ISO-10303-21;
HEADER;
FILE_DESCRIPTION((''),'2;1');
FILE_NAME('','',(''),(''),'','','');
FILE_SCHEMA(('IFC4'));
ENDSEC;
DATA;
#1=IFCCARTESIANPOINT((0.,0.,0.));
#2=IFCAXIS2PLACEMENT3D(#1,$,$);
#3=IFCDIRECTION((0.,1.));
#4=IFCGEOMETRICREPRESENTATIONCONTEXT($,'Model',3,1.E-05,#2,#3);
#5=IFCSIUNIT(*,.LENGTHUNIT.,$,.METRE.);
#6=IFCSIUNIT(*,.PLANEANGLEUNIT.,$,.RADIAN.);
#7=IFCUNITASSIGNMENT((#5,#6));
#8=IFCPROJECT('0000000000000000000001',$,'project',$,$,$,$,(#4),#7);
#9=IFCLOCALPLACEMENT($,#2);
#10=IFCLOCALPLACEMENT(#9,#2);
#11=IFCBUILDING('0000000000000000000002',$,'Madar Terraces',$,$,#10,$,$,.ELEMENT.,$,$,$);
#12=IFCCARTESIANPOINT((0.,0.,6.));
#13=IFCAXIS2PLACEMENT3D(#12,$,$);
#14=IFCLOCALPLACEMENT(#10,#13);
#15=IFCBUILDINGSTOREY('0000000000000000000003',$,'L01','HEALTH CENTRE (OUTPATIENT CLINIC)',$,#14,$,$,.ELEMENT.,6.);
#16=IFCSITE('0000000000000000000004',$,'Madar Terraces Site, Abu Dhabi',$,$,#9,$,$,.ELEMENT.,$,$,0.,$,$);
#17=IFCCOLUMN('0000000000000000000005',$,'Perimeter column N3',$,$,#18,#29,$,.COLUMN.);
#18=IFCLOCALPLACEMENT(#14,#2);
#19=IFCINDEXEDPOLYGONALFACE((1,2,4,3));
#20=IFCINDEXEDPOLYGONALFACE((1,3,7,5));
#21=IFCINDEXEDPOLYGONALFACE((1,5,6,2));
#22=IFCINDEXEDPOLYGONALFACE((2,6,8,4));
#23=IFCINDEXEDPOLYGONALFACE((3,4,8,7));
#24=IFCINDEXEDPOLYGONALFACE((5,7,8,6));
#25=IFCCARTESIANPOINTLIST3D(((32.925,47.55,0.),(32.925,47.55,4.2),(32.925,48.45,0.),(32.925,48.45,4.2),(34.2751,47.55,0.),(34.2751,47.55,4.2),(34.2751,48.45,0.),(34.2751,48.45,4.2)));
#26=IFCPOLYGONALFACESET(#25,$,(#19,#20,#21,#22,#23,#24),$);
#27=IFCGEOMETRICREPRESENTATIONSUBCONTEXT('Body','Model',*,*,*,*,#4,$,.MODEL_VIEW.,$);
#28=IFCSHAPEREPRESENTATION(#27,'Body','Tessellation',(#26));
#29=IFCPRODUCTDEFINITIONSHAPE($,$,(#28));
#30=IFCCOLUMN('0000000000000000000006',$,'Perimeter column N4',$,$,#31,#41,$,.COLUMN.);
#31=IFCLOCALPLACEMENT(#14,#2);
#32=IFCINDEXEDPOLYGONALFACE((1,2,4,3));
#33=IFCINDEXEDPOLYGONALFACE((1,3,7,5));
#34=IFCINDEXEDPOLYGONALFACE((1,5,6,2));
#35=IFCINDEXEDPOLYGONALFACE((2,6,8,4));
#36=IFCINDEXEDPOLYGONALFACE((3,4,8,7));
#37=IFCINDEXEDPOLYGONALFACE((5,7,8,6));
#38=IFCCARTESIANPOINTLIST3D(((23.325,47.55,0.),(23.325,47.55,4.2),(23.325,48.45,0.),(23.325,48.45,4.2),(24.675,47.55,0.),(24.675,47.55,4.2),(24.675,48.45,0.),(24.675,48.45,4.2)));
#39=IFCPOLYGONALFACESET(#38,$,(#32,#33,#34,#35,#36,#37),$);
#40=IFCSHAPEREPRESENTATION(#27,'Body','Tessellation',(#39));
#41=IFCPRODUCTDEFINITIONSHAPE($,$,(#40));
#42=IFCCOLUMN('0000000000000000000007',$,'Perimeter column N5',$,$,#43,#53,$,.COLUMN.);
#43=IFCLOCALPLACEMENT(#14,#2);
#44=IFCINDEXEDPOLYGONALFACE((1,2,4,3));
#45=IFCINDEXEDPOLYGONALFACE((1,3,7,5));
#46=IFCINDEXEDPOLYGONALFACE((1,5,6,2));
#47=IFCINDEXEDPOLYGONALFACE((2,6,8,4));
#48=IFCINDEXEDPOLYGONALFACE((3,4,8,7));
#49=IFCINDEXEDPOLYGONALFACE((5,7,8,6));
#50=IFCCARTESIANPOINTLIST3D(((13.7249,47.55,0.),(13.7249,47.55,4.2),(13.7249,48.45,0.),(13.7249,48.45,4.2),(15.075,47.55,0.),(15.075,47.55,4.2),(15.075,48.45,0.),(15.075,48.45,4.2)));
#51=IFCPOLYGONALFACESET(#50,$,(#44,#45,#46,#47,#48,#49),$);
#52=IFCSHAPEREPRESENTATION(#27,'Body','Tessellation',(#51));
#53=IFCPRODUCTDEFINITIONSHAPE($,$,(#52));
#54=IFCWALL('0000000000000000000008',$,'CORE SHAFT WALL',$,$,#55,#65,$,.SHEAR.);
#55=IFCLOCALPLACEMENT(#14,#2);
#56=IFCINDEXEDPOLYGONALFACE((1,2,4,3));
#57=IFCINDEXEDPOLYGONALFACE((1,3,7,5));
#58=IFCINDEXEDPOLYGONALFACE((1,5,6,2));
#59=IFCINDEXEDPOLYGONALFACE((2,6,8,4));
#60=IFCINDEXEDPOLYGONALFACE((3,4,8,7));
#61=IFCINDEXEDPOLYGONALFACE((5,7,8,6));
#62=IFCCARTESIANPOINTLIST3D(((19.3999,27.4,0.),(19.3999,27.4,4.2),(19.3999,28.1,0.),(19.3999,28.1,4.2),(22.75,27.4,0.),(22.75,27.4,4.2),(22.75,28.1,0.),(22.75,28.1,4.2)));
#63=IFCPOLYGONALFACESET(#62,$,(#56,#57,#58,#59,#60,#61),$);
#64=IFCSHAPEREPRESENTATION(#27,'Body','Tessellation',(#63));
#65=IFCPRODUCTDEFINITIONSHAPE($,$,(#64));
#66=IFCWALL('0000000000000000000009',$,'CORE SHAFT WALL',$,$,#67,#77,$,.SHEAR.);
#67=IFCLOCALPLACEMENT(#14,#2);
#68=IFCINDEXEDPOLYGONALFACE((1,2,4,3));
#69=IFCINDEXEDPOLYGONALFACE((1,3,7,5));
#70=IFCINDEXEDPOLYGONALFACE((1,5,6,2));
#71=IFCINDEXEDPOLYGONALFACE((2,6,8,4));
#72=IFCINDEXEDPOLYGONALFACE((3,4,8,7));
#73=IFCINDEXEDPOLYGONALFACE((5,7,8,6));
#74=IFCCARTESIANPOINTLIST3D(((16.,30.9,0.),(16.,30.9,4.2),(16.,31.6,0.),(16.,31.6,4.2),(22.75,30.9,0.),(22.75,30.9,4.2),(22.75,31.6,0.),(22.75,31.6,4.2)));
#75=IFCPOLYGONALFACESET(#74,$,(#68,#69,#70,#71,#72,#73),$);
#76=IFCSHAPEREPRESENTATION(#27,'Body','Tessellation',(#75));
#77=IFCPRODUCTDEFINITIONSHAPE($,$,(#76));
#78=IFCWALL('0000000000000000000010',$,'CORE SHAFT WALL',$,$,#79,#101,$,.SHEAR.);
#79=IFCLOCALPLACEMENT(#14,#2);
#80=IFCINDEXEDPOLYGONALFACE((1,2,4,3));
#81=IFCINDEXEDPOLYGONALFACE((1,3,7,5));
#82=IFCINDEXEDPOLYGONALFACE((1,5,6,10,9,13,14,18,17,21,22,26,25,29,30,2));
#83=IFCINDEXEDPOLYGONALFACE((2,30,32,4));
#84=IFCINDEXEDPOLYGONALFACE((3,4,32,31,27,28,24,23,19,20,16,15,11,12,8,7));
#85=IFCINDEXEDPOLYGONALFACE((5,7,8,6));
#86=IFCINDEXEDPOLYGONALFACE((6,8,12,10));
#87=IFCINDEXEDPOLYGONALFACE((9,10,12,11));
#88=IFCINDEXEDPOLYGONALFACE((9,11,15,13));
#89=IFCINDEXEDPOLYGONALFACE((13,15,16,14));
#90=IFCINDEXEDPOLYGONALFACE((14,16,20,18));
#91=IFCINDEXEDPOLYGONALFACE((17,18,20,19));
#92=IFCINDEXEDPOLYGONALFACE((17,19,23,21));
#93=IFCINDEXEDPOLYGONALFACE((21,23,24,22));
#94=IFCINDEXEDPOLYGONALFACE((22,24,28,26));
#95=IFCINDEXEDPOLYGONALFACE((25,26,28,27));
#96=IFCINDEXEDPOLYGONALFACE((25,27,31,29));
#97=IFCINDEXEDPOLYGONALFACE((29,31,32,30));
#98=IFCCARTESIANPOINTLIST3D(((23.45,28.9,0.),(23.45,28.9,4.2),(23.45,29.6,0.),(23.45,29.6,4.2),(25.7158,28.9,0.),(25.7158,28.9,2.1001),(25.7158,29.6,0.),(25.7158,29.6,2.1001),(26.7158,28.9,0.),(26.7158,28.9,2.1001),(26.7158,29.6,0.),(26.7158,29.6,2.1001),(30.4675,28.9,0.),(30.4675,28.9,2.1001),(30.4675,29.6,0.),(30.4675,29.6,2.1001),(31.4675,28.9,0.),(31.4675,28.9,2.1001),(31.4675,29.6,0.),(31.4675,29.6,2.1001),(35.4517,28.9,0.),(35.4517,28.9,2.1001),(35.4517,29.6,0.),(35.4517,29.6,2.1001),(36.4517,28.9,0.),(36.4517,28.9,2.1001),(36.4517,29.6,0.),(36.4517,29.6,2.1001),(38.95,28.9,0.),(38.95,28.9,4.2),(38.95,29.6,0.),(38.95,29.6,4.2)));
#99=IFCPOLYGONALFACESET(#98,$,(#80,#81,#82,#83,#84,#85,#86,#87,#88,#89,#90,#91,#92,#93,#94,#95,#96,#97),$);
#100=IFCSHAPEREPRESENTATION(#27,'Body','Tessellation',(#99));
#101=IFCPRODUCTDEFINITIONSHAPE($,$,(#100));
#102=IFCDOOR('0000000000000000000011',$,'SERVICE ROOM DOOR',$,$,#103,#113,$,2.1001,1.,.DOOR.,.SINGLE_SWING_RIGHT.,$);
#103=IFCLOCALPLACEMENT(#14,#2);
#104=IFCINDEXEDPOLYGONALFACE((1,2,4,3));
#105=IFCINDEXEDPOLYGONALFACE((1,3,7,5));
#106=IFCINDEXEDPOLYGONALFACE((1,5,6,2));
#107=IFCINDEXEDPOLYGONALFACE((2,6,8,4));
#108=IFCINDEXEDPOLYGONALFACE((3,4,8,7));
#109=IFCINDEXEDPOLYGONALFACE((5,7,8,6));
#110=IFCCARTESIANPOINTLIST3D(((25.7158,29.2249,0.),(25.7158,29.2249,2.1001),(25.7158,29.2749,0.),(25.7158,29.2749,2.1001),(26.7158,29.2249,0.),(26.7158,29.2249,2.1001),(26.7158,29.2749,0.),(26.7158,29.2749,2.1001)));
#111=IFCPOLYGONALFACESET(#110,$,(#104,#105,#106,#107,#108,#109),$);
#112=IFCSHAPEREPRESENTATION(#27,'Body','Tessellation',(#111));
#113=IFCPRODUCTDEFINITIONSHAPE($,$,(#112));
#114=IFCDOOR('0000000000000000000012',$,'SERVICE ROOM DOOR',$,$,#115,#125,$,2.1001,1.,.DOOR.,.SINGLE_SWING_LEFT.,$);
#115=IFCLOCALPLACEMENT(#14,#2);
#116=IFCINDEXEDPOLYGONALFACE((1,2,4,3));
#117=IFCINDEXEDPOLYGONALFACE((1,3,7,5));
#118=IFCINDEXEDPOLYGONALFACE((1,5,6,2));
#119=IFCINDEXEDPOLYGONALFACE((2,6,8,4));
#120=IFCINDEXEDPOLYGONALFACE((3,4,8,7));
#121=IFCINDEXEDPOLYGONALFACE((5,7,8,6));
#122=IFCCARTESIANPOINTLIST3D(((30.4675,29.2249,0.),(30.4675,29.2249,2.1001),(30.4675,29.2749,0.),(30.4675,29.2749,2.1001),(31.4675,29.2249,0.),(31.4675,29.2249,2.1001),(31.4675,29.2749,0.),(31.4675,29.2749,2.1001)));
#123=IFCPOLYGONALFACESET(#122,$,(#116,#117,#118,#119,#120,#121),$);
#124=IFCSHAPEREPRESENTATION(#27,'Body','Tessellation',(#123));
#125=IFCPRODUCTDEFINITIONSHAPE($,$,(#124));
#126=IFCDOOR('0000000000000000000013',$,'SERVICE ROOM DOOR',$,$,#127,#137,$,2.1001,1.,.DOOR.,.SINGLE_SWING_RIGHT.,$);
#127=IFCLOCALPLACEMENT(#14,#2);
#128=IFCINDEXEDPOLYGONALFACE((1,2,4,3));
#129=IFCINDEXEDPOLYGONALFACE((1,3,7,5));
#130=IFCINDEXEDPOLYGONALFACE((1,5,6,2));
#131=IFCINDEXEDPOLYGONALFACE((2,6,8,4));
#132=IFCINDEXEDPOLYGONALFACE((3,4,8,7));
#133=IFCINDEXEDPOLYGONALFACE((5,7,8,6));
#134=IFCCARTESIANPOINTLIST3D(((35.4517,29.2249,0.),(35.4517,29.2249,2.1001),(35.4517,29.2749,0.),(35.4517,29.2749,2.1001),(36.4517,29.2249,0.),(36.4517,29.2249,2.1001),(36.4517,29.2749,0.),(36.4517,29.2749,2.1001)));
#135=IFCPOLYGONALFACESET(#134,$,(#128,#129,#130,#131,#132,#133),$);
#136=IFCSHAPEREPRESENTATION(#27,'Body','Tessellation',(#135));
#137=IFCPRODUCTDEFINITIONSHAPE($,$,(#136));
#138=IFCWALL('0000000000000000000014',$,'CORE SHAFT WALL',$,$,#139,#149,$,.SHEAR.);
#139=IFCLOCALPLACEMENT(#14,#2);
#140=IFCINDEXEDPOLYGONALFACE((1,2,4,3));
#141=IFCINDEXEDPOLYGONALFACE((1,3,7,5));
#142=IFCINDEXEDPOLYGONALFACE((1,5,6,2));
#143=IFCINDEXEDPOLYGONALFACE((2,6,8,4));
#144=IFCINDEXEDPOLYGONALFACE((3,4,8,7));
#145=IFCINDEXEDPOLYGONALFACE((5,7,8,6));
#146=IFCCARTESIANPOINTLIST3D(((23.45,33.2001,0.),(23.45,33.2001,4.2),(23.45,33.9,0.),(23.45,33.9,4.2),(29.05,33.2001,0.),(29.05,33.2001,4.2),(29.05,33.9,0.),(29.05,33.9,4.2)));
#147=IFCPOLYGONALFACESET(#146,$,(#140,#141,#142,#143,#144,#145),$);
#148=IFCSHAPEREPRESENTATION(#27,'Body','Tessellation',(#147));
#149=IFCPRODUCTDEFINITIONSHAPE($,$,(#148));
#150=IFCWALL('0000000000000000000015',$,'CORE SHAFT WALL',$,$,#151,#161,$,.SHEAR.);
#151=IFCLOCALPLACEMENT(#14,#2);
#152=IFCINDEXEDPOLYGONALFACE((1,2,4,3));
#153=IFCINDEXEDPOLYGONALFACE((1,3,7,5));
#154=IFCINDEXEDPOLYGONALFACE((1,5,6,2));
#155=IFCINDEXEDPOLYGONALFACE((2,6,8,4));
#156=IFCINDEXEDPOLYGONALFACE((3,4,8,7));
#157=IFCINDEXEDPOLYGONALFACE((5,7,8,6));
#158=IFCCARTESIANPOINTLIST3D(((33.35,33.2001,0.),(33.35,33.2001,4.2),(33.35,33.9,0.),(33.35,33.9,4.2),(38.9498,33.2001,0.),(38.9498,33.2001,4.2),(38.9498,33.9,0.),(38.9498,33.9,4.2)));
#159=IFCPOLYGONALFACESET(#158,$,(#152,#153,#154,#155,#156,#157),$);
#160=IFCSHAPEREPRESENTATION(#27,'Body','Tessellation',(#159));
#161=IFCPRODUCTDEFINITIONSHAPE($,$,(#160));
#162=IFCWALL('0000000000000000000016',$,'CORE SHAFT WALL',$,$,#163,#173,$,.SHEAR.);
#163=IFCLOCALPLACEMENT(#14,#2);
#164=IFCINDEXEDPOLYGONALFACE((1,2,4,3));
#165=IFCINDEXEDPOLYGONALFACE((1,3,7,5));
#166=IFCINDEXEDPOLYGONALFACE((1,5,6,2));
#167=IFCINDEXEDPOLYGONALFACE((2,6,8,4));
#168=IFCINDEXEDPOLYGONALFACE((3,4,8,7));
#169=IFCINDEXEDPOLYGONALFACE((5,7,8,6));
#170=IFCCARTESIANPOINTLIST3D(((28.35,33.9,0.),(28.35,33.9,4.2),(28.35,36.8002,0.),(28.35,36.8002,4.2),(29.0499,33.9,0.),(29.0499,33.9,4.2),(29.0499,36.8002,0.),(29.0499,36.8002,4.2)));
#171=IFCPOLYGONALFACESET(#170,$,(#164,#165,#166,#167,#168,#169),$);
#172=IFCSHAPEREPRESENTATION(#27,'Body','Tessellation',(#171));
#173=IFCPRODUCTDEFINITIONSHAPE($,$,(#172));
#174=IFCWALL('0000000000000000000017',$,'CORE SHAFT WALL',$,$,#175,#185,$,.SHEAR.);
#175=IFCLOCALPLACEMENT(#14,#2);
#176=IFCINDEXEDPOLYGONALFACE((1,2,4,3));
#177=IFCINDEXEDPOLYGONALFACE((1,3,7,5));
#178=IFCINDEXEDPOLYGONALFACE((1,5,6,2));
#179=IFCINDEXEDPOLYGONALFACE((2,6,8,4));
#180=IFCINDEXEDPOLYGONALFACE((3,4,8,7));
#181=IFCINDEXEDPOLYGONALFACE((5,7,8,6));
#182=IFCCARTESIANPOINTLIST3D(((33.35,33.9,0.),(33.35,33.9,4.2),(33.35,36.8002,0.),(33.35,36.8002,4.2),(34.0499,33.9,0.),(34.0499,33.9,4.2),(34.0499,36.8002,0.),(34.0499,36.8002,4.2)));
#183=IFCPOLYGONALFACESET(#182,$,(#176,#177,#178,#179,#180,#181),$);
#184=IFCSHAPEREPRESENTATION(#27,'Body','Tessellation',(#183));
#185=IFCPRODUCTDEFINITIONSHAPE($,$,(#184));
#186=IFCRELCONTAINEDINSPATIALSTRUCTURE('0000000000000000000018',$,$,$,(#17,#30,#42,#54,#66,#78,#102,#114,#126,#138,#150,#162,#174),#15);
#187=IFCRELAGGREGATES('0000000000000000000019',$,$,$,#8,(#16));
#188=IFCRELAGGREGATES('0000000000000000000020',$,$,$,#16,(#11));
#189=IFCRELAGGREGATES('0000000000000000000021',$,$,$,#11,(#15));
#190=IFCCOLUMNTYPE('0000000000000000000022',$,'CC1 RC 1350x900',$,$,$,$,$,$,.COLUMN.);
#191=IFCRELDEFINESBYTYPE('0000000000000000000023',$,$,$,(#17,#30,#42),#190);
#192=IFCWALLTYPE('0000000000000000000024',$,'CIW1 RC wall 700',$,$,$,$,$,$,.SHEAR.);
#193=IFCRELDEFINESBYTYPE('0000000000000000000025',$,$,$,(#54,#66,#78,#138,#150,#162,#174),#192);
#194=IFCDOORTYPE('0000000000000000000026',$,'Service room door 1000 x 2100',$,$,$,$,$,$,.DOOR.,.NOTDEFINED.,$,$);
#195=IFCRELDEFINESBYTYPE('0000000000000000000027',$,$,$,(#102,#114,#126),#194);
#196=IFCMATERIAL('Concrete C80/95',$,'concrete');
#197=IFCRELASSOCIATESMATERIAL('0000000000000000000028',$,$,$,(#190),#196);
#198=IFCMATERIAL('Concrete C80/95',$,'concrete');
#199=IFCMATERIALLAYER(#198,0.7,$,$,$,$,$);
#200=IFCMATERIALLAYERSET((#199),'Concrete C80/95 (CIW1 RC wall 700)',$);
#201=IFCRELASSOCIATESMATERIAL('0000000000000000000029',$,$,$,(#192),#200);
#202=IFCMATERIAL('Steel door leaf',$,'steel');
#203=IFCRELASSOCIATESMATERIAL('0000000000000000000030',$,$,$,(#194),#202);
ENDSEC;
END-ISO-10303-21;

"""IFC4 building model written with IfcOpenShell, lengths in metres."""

from ifc_helpers import new_model, si_unit, direction, frame, frame_2d, origin, origin_2d, place, context, subcontext, project, spatial, rectangle, extrude, material, layer, layer_set, material_profile, profile_set, type_object, element, fill, save


model = new_model("IFC4")

# Units and contexts
model_context = context("Model", 3, precision=1e-05, world=origin(), true_north=direction((0.0, 1.0)))
body_context = subcontext(model_context, "Body", "Model", "MODEL_VIEW")
ifc_project = project(units=[si_unit("LENGTHUNIT", "METRE"), si_unit("PLANEANGLEUNIT", "RADIAN")], contexts=[model_context])

# Site, building, storey
site_placement = place(None, origin())
site = spatial("IfcSite", under=ifc_project, at=site_placement, Name="Madar Terraces Site, Abu Dhabi", CompositionType="ELEMENT", RefElevation=0.0)
building_placement = place(site_placement, origin())
building = spatial("IfcBuilding", under=site, at=building_placement, Name="Madar Terraces", CompositionType="ELEMENT")
storey_placement = place(building_placement, frame((0.0, 0.0, 6.0)))
storey = spatial("IfcBuildingStorey", under=building, at=storey_placement, Name="L01", Description="HEALTH CENTRE (OUTPATIENT CLINIC)", CompositionType="ELEMENT", Elevation=6.0)

# Columns
ifc_material_1 = material(Name="Concrete C80/95", Category="concrete")
ifc_material_profile = material_profile(ifc_material_1, rectangle(XDim=1.3501, YDim=0.8999, at=origin_2d()), Name="CC1 RC 1350x900")
ifc_profile_set = profile_set([ifc_material_profile], Name="Concrete C80/95")
column_type = type_object("IfcColumnType", Name="CC1 RC 1350x900", PredefinedType="COLUMN", material=ifc_profile_set)
for number, where, z_axis, x_axis, name in (
    (1, (33.6001, 48.0, 0.0), (0.0, 0.0, 1.0), (1.0, 0.0, 0.0), "Perimeter column N3"),
    (2, (24.0, 48.0, 0.0), (0.0, 0.0, 1.0), (1.0, 0.0, 0.0), "Perimeter column N4"),
    (3, (14.3999, 48.0, 0.0), (0.0, 0.0, 1.0), (1.0, 0.0, 0.0), "Perimeter column N5"),
):
    element("IfcColumn", number, at=place(storey_placement, frame(where, z_axis=z_axis, x_axis=x_axis)), inside=storey, type_object=column_type, Name=name, PredefinedType="COLUMN", context=body_context, shape_type="SweptSolid", body=[
        extrude(rectangle(XDim=1.3501, YDim=0.8999, at=origin_2d()), origin(), (0.0, 0.0, 1.0), 4.2),
    ])

# Walls
ifc_material_2 = material(Name="Concrete C80/95", Category="concrete")
ifc_layer_1 = layer(ifc_material_2, 0.7)
ifc_layer_set_1 = layer_set([ifc_layer_1], Name="Concrete C80/95 (CIW1 RC wall 700)")
wall_type_1 = type_object("IfcWallType", Name="CIW1 RC wall 700", PredefinedType="SHEAR", material=ifc_layer_set_1)
wall_1_placement = place(storey_placement, frame((19.3999, 27.75, 0.0), z_axis=(0.0, 0.0, 1.0), x_axis=(1.0, 0.0, 0.0)))
element("IfcWall", 4, at=wall_1_placement, inside=storey, type_object=wall_type_1, Name="CORE SHAFT WALL", PredefinedType="SHEAR", context=body_context, shape_type="SweptSolid", body=[
    extrude(rectangle(XDim=3.3501, YDim=0.7, at=frame_2d((1.675, 0.0))), origin(), (0.0, 0.0, 1.0), 4.2),
])
wall_2_placement = place(storey_placement, frame((16.0, 31.25, 0.0), z_axis=(0.0, 0.0, 1.0), x_axis=(1.0, 0.0, 0.0)))
element("IfcWall", 5, at=wall_2_placement, inside=storey, type_object=wall_type_1, Name="CORE SHAFT WALL", PredefinedType="SHEAR", context=body_context, shape_type="SweptSolid", body=[
    extrude(rectangle(XDim=6.75, YDim=0.7, at=frame_2d((3.375, 0.0))), origin(), (0.0, 0.0, 1.0), 4.2),
])

# Wall, openings, doors
wall_3_placement = place(storey_placement, frame((23.45, 29.25, 0.0), z_axis=(0.0, 0.0, 1.0), x_axis=(1.0, 0.0, 0.0)))
wall_3 = element("IfcWall", 6, at=wall_3_placement, inside=storey, type_object=wall_type_1, Name="CORE SHAFT WALL", PredefinedType="SHEAR", context=body_context, shape_type="SweptSolid", body=[
    extrude(rectangle(XDim=15.5, YDim=0.7, at=frame_2d((7.75, 0.0))), origin(), (0.0, 0.0, 1.0), 4.2),
])
opening_1_placement = place(wall_3_placement, frame((2.2659, 0.0, 0.0)))
opening_1 = element("IfcOpeningElement", 7, at=opening_1_placement, cuts=wall_3, PredefinedType="OPENING", context=body_context, shape_type="SweptSolid", body=[
    extrude(rectangle(XDim=1.0, YDim=2.1001, at=frame_2d((0.5, 1.05))), frame((0.0, 0.3599, 0.0), z_axis=(0.0, -1.0, 0.0), x_axis=(1.0, 0.0, 0.0)), (0.0, 0.0, 1.0), 0.72),
])
opening_2_placement = place(wall_3_placement, frame((7.0176, 0.0, 0.0)))
opening_2 = element("IfcOpeningElement", 8, at=opening_2_placement, cuts=wall_3, PredefinedType="OPENING", context=body_context, shape_type="SweptSolid", body=[
    extrude(rectangle(XDim=1.0, YDim=2.1001, at=frame_2d((0.5, 1.05))), frame((0.0, 0.3599, 0.0), z_axis=(0.0, -1.0, 0.0), x_axis=(1.0, 0.0, 0.0)), (0.0, 0.0, 1.0), 0.72),
])
opening_3_placement = place(wall_3_placement, frame((12.0017, 0.0, 0.0)))
opening_3 = element("IfcOpeningElement", 9, at=opening_3_placement, cuts=wall_3, PredefinedType="OPENING", context=body_context, shape_type="SweptSolid", body=[
    extrude(rectangle(XDim=1.0, YDim=2.1001, at=frame_2d((0.5, 1.05))), frame((0.0, 0.3599, 0.0), z_axis=(0.0, -1.0, 0.0), x_axis=(1.0, 0.0, 0.0)), (0.0, 0.0, 1.0), 0.72),
])
ifc_material_3 = material(Name="Steel door leaf", Category="steel")
door_type_1 = type_object("IfcDoorType", Name="Service room door 1000 x 2100", OperationType="NOTDEFINED", PredefinedType="DOOR", material=ifc_material_3)
door_1_placement = place(opening_1_placement, origin())
door_1 = element("IfcDoor", 10, at=door_1_placement, inside=storey, type_object=door_type_1, Name="SERVICE ROOM DOOR", OperationType="SINGLE_SWING_RIGHT", OverallHeight=2.1001, OverallWidth=1.0, PredefinedType="DOOR", context=body_context, shape_type="SweptSolid", body=[
    extrude(rectangle(XDim=1.0, YDim=2.1001, at=frame_2d((0.5, 1.05))), frame((0.0, 0.0249, 0.0), z_axis=(0.0, -1.0, 0.0), x_axis=(1.0, 0.0, 0.0)), (0.0, 0.0, 1.0), 0.05),
])
fill(opening_1, door_1)
door_2_placement = place(opening_2_placement, origin())
door_2 = element("IfcDoor", 11, at=door_2_placement, inside=storey, type_object=door_type_1, Name="SERVICE ROOM DOOR", OperationType="SINGLE_SWING_LEFT", OverallHeight=2.1001, OverallWidth=1.0, PredefinedType="DOOR", context=body_context, shape_type="SweptSolid", body=[
    extrude(rectangle(XDim=1.0, YDim=2.1001, at=frame_2d((0.5, 1.05))), frame((0.0, 0.0249, 0.0), z_axis=(0.0, -1.0, 0.0), x_axis=(1.0, 0.0, 0.0)), (0.0, 0.0, 1.0), 0.05),
])
fill(opening_2, door_2)
door_3_placement = place(opening_3_placement, origin())
door_3 = element("IfcDoor", 12, at=door_3_placement, inside=storey, type_object=door_type_1, Name="SERVICE ROOM DOOR", OperationType="SINGLE_SWING_RIGHT", OverallHeight=2.1001, OverallWidth=1.0, PredefinedType="DOOR", context=body_context, shape_type="SweptSolid", body=[
    extrude(rectangle(XDim=1.0, YDim=2.1001, at=frame_2d((0.5, 1.05))), frame((0.0, 0.0249, 0.0), z_axis=(0.0, -1.0, 0.0), x_axis=(1.0, 0.0, 0.0)), (0.0, 0.0, 1.0), 0.05),
])
fill(opening_3, door_3)

# Walls
wall_4_placement = place(storey_placement, frame((23.45, 33.55, 0.0), z_axis=(0.0, 0.0, 1.0), x_axis=(1.0, 0.0, 0.0)))
element("IfcWall", 13, at=wall_4_placement, inside=storey, type_object=wall_type_1, Name="CORE SHAFT WALL", PredefinedType="SHEAR", context=body_context, shape_type="SweptSolid", body=[
    extrude(rectangle(XDim=5.6001, YDim=0.7, at=frame_2d((2.8, 0.0))), origin(), (0.0, 0.0, 1.0), 4.2),
])
wall_5_placement = place(storey_placement, frame((33.3501, 33.55, 0.0), z_axis=(0.0, 0.0, 1.0), x_axis=(1.0, 0.0, 0.0)))
element("IfcWall", 14, at=wall_5_placement, inside=storey, type_object=wall_type_1, Name="CORE SHAFT WALL", PredefinedType="SHEAR", context=body_context, shape_type="SweptSolid", body=[
    extrude(rectangle(XDim=5.5999, YDim=0.7, at=frame_2d((2.7998, 0.0))), origin(), (0.0, 0.0, 1.0), 4.2),
])
for number, where, z_axis, x_axis, name in (
    (15, (28.7, 33.8999, 0.0), (0.0, 0.0, 1.0), (0.0, 1.0, 0.0), "CORE SHAFT WALL"),
    (16, (33.7, 33.8999, 0.0), (0.0, 0.0, 1.0), (0.0, 1.0, 0.0), "CORE SHAFT WALL"),
):
    element("IfcWall", number, at=place(storey_placement, frame(where, z_axis=z_axis, x_axis=x_axis)), inside=storey, type_object=wall_type_1, Name=name, PredefinedType="SHEAR", context=body_context, shape_type="SweptSolid", body=[
        extrude(rectangle(XDim=2.9001, YDim=0.7, at=frame_2d((1.4502, 0.0))), origin(), (0.0, 0.0, 1.0), 4.2),
    ])

save(model, "model.ifc")
